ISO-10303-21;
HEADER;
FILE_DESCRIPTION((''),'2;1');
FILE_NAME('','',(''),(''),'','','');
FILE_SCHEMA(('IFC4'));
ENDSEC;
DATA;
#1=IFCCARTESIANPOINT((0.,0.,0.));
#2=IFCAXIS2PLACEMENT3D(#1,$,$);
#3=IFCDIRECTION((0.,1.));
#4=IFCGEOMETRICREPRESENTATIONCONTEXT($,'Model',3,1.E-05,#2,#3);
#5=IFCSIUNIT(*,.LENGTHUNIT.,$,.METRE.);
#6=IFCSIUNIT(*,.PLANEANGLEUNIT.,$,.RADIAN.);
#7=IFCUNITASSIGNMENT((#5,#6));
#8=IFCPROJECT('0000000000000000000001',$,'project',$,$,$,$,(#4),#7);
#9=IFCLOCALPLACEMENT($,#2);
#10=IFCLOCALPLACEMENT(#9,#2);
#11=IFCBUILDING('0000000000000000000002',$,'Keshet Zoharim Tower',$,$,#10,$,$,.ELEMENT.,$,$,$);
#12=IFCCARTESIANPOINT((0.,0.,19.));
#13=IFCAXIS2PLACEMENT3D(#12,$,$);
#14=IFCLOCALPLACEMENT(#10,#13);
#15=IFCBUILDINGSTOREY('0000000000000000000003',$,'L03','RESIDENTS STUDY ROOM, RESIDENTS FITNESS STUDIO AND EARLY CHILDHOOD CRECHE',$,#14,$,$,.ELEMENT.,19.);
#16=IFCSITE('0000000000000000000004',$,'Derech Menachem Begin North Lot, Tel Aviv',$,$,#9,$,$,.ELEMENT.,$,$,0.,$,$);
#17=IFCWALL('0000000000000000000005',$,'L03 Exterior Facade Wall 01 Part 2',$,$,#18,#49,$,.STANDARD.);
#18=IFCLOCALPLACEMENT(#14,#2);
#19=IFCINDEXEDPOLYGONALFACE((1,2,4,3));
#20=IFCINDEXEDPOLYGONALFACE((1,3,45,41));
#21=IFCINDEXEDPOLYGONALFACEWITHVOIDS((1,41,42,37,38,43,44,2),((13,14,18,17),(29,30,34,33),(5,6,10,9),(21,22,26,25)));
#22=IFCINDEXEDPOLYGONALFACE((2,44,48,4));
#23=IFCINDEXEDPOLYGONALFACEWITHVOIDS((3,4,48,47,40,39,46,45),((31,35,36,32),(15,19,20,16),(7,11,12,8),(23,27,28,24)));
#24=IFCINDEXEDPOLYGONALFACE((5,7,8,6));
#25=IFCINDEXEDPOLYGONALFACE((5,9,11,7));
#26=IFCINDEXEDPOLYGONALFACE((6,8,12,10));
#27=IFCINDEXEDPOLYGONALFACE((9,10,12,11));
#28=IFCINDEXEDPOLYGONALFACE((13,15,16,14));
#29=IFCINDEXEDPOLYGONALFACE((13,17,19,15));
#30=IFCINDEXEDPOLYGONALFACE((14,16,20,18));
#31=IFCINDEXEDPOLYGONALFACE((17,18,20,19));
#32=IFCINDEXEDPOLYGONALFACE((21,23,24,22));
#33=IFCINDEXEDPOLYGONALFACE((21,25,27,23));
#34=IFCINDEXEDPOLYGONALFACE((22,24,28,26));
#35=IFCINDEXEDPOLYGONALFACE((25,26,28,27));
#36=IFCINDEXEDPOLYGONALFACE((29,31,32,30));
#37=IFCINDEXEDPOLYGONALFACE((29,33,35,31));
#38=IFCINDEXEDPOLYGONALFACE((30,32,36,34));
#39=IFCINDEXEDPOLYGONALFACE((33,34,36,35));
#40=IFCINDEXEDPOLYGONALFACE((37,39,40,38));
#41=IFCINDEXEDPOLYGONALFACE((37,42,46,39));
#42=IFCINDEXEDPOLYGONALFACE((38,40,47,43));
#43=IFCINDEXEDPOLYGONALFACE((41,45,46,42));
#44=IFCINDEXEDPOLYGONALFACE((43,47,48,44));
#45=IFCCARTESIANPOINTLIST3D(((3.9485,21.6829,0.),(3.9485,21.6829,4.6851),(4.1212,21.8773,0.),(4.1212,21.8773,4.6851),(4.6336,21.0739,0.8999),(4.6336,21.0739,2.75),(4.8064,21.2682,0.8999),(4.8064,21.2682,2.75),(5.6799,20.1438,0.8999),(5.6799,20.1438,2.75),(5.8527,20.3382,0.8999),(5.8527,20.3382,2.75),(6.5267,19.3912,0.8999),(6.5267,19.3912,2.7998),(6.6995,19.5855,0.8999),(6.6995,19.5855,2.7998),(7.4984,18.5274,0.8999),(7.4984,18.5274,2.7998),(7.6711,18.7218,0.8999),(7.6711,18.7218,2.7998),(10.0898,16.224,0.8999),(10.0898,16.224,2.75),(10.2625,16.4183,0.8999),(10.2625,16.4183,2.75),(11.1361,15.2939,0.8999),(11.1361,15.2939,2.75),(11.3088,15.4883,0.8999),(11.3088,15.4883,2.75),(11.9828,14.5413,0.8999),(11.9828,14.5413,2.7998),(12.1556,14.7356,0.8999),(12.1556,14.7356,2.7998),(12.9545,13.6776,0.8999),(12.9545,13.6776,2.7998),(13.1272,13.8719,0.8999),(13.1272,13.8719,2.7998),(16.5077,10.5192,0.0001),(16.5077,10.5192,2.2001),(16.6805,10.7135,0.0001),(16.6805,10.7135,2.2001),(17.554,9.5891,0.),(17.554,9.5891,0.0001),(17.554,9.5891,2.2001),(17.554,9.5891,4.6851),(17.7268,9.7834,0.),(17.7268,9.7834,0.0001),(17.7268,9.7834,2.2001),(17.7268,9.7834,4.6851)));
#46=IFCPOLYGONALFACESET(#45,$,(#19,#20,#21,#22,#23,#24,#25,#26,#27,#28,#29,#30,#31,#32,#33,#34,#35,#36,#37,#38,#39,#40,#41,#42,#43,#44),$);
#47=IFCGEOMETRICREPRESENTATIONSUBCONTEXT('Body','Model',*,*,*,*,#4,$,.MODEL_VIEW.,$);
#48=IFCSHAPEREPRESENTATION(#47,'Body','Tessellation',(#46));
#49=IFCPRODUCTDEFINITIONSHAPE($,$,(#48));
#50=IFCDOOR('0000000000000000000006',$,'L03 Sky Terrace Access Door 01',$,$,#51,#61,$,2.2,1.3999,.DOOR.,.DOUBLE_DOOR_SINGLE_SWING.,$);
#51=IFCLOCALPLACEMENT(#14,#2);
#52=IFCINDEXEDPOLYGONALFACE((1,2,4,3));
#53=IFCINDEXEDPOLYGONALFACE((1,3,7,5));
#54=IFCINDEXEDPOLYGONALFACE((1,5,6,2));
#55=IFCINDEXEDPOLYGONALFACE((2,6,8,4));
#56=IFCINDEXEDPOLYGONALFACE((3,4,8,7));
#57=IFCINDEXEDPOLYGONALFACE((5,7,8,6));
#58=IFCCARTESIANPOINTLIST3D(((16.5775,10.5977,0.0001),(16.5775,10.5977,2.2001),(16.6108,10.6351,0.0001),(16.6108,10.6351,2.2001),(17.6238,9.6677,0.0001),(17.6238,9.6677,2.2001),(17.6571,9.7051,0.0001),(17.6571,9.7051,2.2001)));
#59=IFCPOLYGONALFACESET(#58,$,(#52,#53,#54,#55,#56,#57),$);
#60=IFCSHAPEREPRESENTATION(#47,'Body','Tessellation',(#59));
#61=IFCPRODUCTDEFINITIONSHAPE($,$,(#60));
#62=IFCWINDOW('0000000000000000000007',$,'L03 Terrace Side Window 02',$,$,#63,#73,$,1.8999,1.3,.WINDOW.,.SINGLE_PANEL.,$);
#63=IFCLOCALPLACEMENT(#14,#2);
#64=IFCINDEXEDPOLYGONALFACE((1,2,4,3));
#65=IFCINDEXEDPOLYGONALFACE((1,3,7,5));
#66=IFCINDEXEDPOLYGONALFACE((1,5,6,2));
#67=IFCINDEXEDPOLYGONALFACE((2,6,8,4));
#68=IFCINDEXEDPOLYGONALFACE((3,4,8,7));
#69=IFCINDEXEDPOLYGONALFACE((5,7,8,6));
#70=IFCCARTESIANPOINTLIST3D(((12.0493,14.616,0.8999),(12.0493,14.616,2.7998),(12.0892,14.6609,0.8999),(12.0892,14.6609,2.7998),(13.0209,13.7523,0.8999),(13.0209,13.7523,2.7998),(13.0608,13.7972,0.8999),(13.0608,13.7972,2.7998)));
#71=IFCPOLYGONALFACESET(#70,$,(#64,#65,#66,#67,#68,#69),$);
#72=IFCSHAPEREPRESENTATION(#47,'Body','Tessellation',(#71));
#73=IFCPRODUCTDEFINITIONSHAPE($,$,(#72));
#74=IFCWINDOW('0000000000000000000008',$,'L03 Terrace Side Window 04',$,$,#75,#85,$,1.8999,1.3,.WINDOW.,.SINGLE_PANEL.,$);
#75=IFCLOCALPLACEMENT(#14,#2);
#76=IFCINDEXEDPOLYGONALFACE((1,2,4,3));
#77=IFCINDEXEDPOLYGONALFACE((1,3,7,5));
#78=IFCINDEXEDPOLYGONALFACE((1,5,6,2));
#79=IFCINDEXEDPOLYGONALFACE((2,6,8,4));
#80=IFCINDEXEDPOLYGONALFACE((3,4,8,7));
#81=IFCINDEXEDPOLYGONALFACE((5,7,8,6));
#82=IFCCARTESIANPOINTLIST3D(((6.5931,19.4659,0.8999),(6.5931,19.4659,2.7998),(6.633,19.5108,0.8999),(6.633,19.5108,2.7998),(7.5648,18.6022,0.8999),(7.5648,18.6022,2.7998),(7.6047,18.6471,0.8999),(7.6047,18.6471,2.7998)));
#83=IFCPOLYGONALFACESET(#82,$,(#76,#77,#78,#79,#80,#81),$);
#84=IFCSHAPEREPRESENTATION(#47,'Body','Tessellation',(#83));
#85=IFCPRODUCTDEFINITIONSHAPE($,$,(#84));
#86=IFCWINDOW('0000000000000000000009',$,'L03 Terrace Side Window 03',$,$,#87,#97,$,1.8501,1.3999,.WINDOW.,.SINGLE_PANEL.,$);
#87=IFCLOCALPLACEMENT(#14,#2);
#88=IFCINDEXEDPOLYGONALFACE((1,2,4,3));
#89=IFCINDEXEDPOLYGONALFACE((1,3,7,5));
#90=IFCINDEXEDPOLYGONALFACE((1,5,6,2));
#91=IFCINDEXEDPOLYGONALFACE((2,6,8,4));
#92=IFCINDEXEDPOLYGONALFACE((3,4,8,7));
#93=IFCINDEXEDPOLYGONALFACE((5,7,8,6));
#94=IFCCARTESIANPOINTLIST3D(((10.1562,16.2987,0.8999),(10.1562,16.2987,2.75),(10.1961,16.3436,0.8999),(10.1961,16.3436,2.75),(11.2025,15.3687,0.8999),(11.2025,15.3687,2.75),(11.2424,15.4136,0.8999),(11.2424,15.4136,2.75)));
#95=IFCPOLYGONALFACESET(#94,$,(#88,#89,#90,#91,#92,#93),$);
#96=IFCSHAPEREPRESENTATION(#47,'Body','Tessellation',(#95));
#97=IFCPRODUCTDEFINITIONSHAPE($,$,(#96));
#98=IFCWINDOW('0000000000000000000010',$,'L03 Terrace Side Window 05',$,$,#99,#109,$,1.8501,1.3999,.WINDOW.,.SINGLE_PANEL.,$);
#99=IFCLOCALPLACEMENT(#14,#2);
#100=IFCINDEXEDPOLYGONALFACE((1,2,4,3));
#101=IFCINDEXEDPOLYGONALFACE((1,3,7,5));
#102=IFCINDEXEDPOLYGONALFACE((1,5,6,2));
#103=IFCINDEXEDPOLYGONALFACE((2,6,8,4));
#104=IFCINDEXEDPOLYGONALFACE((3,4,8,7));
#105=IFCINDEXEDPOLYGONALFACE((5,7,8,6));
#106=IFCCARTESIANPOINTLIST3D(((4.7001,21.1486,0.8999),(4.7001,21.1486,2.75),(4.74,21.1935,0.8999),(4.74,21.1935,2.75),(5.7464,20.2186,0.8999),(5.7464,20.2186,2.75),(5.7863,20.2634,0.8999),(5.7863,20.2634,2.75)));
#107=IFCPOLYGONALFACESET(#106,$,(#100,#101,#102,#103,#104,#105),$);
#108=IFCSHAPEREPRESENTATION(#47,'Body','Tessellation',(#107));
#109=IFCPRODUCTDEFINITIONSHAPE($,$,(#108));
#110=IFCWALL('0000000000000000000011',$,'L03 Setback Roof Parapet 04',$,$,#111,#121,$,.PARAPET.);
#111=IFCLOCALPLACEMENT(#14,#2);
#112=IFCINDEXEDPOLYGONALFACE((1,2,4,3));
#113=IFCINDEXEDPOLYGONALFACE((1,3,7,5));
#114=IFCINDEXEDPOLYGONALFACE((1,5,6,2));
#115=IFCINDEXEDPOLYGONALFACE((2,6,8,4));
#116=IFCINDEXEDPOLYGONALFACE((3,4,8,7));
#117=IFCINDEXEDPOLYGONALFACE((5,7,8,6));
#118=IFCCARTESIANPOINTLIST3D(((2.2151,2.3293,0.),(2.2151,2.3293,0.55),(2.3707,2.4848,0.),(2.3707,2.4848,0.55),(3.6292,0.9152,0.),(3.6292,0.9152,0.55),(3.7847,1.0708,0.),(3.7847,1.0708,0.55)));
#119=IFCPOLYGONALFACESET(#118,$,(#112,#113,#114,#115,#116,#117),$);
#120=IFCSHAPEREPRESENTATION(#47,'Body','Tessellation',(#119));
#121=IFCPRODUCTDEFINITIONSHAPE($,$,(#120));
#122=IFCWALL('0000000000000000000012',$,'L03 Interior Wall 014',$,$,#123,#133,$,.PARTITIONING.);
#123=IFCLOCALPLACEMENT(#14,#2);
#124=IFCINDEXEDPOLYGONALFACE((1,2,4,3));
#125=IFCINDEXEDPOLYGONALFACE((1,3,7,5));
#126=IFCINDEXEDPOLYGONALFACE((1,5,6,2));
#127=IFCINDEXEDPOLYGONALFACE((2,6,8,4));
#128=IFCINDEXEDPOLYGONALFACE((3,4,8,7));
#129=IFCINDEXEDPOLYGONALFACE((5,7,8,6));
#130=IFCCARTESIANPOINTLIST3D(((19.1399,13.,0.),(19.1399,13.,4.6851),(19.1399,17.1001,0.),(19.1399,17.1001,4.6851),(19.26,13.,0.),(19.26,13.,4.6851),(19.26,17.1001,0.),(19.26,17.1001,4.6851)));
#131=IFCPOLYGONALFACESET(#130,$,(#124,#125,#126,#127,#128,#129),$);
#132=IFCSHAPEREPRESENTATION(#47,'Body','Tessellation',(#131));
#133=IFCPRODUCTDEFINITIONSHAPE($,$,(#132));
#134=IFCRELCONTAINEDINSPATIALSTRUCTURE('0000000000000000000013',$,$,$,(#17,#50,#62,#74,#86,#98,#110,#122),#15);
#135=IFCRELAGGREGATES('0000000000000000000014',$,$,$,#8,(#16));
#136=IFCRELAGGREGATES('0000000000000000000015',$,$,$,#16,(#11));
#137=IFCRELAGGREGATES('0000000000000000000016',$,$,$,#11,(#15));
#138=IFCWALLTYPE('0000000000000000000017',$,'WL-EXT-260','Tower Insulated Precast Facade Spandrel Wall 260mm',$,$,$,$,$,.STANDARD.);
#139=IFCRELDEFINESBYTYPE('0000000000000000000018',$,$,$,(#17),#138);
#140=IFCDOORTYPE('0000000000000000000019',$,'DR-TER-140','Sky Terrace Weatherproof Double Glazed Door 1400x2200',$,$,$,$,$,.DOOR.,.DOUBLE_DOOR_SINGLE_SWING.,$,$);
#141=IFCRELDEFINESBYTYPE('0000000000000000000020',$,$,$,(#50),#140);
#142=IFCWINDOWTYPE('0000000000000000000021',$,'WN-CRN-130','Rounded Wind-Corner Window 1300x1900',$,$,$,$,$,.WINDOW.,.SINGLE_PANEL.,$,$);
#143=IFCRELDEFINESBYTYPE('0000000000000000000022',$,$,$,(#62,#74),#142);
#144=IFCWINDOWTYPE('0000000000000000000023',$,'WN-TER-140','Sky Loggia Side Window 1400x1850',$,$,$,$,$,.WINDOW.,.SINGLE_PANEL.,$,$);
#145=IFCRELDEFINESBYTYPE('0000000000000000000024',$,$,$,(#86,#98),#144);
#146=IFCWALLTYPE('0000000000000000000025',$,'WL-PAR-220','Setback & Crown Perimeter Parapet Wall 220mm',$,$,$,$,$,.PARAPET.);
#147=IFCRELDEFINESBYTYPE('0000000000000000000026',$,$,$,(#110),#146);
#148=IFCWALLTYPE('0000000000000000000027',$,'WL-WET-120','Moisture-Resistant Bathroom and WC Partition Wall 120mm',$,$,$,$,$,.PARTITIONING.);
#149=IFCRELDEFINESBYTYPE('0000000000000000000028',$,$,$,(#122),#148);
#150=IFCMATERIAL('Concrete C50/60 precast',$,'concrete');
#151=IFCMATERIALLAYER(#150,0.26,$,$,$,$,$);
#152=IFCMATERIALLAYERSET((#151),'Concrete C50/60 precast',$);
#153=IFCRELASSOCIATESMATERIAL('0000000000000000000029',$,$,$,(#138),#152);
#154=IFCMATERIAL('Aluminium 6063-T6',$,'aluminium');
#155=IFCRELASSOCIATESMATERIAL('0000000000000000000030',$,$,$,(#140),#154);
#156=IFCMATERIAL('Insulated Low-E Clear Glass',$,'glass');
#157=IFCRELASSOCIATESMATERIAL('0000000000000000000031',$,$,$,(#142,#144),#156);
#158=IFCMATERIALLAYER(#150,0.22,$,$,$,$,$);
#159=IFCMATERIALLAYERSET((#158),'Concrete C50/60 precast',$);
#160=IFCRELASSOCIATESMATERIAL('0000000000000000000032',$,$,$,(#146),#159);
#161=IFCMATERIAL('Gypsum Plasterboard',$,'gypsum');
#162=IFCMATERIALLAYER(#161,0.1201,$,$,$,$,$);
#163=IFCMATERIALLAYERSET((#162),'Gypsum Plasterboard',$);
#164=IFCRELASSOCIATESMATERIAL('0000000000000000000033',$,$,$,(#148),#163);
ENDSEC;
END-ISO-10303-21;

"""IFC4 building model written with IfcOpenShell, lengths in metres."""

from ifc_helpers import new_model, si_unit, direction, frame, frame_2d, origin, place, context, subcontext, project, spatial, rectangle, extrude, material, layer, layer_set, type_object, element, fill, save


model = new_model("IFC4")

# Units and contexts
model_context = context("Model", 3, precision=1e-05, world=origin(), true_north=direction((0.0, 1.0)))
body_context = subcontext(model_context, "Body", "Model", "MODEL_VIEW")
ifc_project = project(units=[si_unit("LENGTHUNIT", "METRE"), si_unit("PLANEANGLEUNIT", "RADIAN")], contexts=[model_context])

# Site, building, storey
site_placement = place(None, origin())
site = spatial("IfcSite", under=ifc_project, at=site_placement, Name="Derech Menachem Begin North Lot, Tel Aviv", CompositionType="ELEMENT", RefElevation=0.0)
building_placement = place(site_placement, origin())
building = spatial("IfcBuilding", under=site, at=building_placement, Name="Keshet Zoharim Tower", CompositionType="ELEMENT")
storey_placement = place(building_placement, frame((0.0, 0.0, 19.0)))
storey = spatial("IfcBuildingStorey", under=building, at=storey_placement, Name="L03", Description="RESIDENTS STUDY ROOM, RESIDENTS FITNESS STUDIO AND EARLY CHILDHOOD CRECHE", CompositionType="ELEMENT", Elevation=19.0)

# Shared definitions
ifc_material_1 = material(Name="Gypsum Plasterboard", Category="gypsum")

# Wall, openings, door, windows
ifc_material_2 = material(Name="Concrete C50/60 precast", Category="concrete")
ifc_layer_1 = layer(ifc_material_2, 0.26)
ifc_layer_set_1 = layer_set([ifc_layer_1], Name="Concrete C50/60 precast")
wall_type_1 = type_object("IfcWallType", Name="WL-EXT-260", Description="Tower Insulated Precast Facade Spandrel Wall 260mm", PredefinedType="STANDARD", material=ifc_layer_set_1)
wall_1_placement = place(storey_placement, frame((17.6404, 9.6863, 0.0), z_axis=(0.0, 0.0, 1.0), x_axis=(-0.747409, 0.664364, 0.0)))
wall_1 = element("IfcWall", 1, at=wall_1_placement, inside=storey, type_object=wall_type_1, Name="L03 Exterior Facade Wall 01 Part 2", PredefinedType="STANDARD", context=body_context, shape_type="SweptSolid", body=[
    extrude(rectangle(XDim=18.2036, YDim=0.26, at=frame_2d((9.1018, 0.0))), origin(), (0.0, 0.0, 1.0), 4.6851),
])
opening_1_placement = place(wall_1_placement, origin())
opening_1 = element("IfcOpeningElement", 2, at=opening_1_placement, cuts=wall_1, PredefinedType="OPENING", context=body_context, shape_type="SweptSolid", body=[
    extrude(rectangle(XDim=1.3999, YDim=2.2, at=frame_2d((0.7, 1.1001))), frame((0.0, 0.1401, 0.0), z_axis=(0.0, -1.0, 0.0), x_axis=(1.0, 0.0, 0.0)), (0.0, 0.0, 1.0), 0.28),
])
opening_2_placement = place(wall_1_placement, frame((6.1541, 0.0, 0.8999)))
opening_2 = element("IfcOpeningElement", 3, at=opening_2_placement, cuts=wall_1, PredefinedType="OPENING", context=body_context, shape_type="SweptSolid", body=[
    extrude(rectangle(XDim=1.3, YDim=1.8999, at=frame_2d((0.6499, 0.95))), frame((0.0, 0.1401, 0.0), z_axis=(0.0, -1.0, 0.0), x_axis=(1.0, 0.0, 0.0)), (0.0, 0.0, 1.0), 0.28),
])
opening_3_placement = place(wall_1_placement, frame((8.5869, 0.0, 0.8999)))
opening_3 = element("IfcOpeningElement", 4, at=opening_3_placement, cuts=wall_1, PredefinedType="OPENING", context=body_context, shape_type="SweptSolid", body=[
    extrude(rectangle(XDim=1.3999, YDim=1.8501, at=frame_2d((0.7, 0.925))), frame((0.0, 0.1401, 0.0), z_axis=(0.0, -1.0, 0.0), x_axis=(1.0, 0.0, 0.0)), (0.0, 0.0, 1.0), 0.28),
])
opening_4_placement = place(wall_1_placement, frame((13.4541, 0.0, 0.8999)))
opening_4 = element("IfcOpeningElement", 5, at=opening_4_placement, cuts=wall_1, PredefinedType="OPENING", context=body_context, shape_type="SweptSolid", body=[
    extrude(rectangle(XDim=1.3, YDim=1.8999, at=frame_2d((0.6499, 0.95))), frame((0.0, 0.1401, 0.0), z_axis=(0.0, -1.0, 0.0), x_axis=(1.0, 0.0, 0.0)), (0.0, 0.0, 1.0), 0.28),
])
opening_5_placement = place(wall_1_placement, frame((15.887, 0.0, 0.8999)))
opening_5 = element("IfcOpeningElement", 6, at=opening_5_placement, cuts=wall_1, PredefinedType="OPENING", context=body_context, shape_type="SweptSolid", body=[
    extrude(rectangle(XDim=1.3999, YDim=1.8501, at=frame_2d((0.7, 0.925))), frame((0.0, 0.1401, 0.0), z_axis=(0.0, -1.0, 0.0), x_axis=(1.0, 0.0, 0.0)), (0.0, 0.0, 1.0), 0.28),
])
ifc_material_3 = material(Name="Aluminium 6063-T6", Category="aluminium")
door_type_1 = type_object("IfcDoorType", Name="DR-TER-140", Description="Sky Terrace Weatherproof Double Glazed Door 1400x2200", OperationType="DOUBLE_DOOR_SINGLE_SWING", PredefinedType="DOOR", material=ifc_material_3)
door_1_placement = place(opening_1_placement, origin())
door_1 = element("IfcDoor", 7, at=door_1_placement, inside=storey, type_object=door_type_1, Name="L03 Sky Terrace Access Door 01", OperationType="DOUBLE_DOOR_SINGLE_SWING", OverallHeight=2.2, OverallWidth=1.3999, PredefinedType="DOOR", context=body_context, shape_type="SweptSolid", body=[
    extrude(rectangle(XDim=1.3999, YDim=2.2, at=frame_2d((0.7, 1.1001))), frame((0.0, 0.0249, 0.0), z_axis=(0.0, -1.0, 0.0), x_axis=(1.0, 0.0, 0.0)), (0.0, 0.0, 1.0), 0.05),
])
fill(opening_1, door_1)
ifc_material_4 = material(Name="Insulated Low-E Clear Glass", Category="glass")
window_type_1 = type_object("IfcWindowType", Name="WN-CRN-130", Description="Rounded Wind-Corner Window 1300x1900", PartitioningType="SINGLE_PANEL", PredefinedType="WINDOW", material=ifc_material_4)
window_1_placement = place(opening_2_placement, origin())
window_1 = element("IfcWindow", 8, at=window_1_placement, inside=storey, type_object=window_type_1, Name="L03 Terrace Side Window 02", OverallHeight=1.8999, OverallWidth=1.3, PartitioningType="SINGLE_PANEL", PredefinedType="WINDOW", context=body_context, shape_type="SweptSolid", body=[
    extrude(rectangle(XDim=1.3, YDim=1.8999, at=frame_2d((0.6499, 0.95))), frame((0.0, 0.03, 0.0), z_axis=(0.0, -1.0, 0.0), x_axis=(1.0, 0.0, 0.0)), (0.0, 0.0, 1.0), 0.0601),
])
fill(opening_2, window_1)
window_2_placement = place(opening_4_placement, origin())
window_2 = element("IfcWindow", 9, at=window_2_placement, inside=storey, type_object=window_type_1, Name="L03 Terrace Side Window 04", OverallHeight=1.8999, OverallWidth=1.3, PartitioningType="SINGLE_PANEL", PredefinedType="WINDOW", context=body_context, shape_type="SweptSolid", body=[
    extrude(rectangle(XDim=1.3, YDim=1.8999, at=frame_2d((0.6499, 0.95))), frame((0.0, 0.03, 0.0), z_axis=(0.0, -1.0, 0.0), x_axis=(1.0, 0.0, 0.0)), (0.0, 0.0, 1.0), 0.0601),
])
fill(opening_4, window_2)
window_type_2 = type_object("IfcWindowType", Name="WN-TER-140", Description="Sky Loggia Side Window 1400x1850", PartitioningType="SINGLE_PANEL", PredefinedType="WINDOW", material=ifc_material_4)
window_3_placement = place(opening_3_placement, origin())
window_3 = element("IfcWindow", 10, at=window_3_placement, inside=storey, type_object=window_type_2, Name="L03 Terrace Side Window 03", OverallHeight=1.8501, OverallWidth=1.3999, PartitioningType="SINGLE_PANEL", PredefinedType="WINDOW", context=body_context, shape_type="SweptSolid", body=[
    extrude(rectangle(XDim=1.3999, YDim=1.8501, at=frame_2d((0.7, 0.925))), frame((0.0, 0.03, 0.0), z_axis=(0.0, -1.0, 0.0), x_axis=(1.0, 0.0, 0.0)), (0.0, 0.0, 1.0), 0.0601),
])
fill(opening_3, window_3)
window_4_placement = place(opening_5_placement, origin())
window_4 = element("IfcWindow", 11, at=window_4_placement, inside=storey, type_object=window_type_2, Name="L03 Terrace Side Window 05", OverallHeight=1.8501, OverallWidth=1.3999, PartitioningType="SINGLE_PANEL", PredefinedType="WINDOW", context=body_context, shape_type="SweptSolid", body=[
    extrude(rectangle(XDim=1.3999, YDim=1.8501, at=frame_2d((0.7, 0.925))), frame((0.0, 0.03, 0.0), z_axis=(0.0, -1.0, 0.0), x_axis=(1.0, 0.0, 0.0)), (0.0, 0.0, 1.0), 0.0601),
])
fill(opening_5, window_4)

# Walls
ifc_layer_2 = layer(ifc_material_2, 0.22)
ifc_layer_set_2 = layer_set([ifc_layer_2], Name="Concrete C50/60 precast")
wall_type_2 = type_object("IfcWallType", Name="WL-PAR-220", Description="Setback & Crown Perimeter Parapet Wall 220mm", PredefinedType="PARAPET", material=ifc_layer_set_2)
wall_2_placement = place(storey_placement, frame((3.707, 0.9929, 0.0), z_axis=(0.0, 0.0, 1.0), x_axis=(-0.707107, 0.707107, 0.0)))
element("IfcWall", 12, at=wall_2_placement, inside=storey, type_object=wall_type_2, Name="L03 Setback Roof Parapet 04", PredefinedType="PARAPET", context=body_context, shape_type="SweptSolid", body=[
    extrude(rectangle(XDim=1.9998, YDim=0.22, at=frame_2d((1.0, 0.0))), origin(), (0.0, 0.0, 1.0), 0.55),
])
ifc_layer_3 = layer(ifc_material_1, 0.1201)
ifc_layer_set_3 = layer_set([ifc_layer_3], Name="Gypsum Plasterboard")
wall_type_3 = type_object("IfcWallType", Name="WL-WET-120", Description="Moisture-Resistant Bathroom and WC Partition Wall 120mm", PredefinedType="PARTITIONING", material=ifc_layer_set_3)
wall_3_placement = place(storey_placement, frame((19.2, 13.0, 0.0), z_axis=(0.0, 0.0, 1.0), x_axis=(0.0, 1.0, 0.0)))
element("IfcWall", 13, at=wall_3_placement, inside=storey, type_object=wall_type_3, Name="L03 Interior Wall 014", PredefinedType="PARTITIONING", context=body_context, shape_type="SweptSolid", body=[
    extrude(rectangle(XDim=4.1001, YDim=0.1201, at=frame_2d((2.05, 0.0))), origin(), (0.0, 0.0, 1.0), 4.6851),
])

save(model, "model.ifc")
